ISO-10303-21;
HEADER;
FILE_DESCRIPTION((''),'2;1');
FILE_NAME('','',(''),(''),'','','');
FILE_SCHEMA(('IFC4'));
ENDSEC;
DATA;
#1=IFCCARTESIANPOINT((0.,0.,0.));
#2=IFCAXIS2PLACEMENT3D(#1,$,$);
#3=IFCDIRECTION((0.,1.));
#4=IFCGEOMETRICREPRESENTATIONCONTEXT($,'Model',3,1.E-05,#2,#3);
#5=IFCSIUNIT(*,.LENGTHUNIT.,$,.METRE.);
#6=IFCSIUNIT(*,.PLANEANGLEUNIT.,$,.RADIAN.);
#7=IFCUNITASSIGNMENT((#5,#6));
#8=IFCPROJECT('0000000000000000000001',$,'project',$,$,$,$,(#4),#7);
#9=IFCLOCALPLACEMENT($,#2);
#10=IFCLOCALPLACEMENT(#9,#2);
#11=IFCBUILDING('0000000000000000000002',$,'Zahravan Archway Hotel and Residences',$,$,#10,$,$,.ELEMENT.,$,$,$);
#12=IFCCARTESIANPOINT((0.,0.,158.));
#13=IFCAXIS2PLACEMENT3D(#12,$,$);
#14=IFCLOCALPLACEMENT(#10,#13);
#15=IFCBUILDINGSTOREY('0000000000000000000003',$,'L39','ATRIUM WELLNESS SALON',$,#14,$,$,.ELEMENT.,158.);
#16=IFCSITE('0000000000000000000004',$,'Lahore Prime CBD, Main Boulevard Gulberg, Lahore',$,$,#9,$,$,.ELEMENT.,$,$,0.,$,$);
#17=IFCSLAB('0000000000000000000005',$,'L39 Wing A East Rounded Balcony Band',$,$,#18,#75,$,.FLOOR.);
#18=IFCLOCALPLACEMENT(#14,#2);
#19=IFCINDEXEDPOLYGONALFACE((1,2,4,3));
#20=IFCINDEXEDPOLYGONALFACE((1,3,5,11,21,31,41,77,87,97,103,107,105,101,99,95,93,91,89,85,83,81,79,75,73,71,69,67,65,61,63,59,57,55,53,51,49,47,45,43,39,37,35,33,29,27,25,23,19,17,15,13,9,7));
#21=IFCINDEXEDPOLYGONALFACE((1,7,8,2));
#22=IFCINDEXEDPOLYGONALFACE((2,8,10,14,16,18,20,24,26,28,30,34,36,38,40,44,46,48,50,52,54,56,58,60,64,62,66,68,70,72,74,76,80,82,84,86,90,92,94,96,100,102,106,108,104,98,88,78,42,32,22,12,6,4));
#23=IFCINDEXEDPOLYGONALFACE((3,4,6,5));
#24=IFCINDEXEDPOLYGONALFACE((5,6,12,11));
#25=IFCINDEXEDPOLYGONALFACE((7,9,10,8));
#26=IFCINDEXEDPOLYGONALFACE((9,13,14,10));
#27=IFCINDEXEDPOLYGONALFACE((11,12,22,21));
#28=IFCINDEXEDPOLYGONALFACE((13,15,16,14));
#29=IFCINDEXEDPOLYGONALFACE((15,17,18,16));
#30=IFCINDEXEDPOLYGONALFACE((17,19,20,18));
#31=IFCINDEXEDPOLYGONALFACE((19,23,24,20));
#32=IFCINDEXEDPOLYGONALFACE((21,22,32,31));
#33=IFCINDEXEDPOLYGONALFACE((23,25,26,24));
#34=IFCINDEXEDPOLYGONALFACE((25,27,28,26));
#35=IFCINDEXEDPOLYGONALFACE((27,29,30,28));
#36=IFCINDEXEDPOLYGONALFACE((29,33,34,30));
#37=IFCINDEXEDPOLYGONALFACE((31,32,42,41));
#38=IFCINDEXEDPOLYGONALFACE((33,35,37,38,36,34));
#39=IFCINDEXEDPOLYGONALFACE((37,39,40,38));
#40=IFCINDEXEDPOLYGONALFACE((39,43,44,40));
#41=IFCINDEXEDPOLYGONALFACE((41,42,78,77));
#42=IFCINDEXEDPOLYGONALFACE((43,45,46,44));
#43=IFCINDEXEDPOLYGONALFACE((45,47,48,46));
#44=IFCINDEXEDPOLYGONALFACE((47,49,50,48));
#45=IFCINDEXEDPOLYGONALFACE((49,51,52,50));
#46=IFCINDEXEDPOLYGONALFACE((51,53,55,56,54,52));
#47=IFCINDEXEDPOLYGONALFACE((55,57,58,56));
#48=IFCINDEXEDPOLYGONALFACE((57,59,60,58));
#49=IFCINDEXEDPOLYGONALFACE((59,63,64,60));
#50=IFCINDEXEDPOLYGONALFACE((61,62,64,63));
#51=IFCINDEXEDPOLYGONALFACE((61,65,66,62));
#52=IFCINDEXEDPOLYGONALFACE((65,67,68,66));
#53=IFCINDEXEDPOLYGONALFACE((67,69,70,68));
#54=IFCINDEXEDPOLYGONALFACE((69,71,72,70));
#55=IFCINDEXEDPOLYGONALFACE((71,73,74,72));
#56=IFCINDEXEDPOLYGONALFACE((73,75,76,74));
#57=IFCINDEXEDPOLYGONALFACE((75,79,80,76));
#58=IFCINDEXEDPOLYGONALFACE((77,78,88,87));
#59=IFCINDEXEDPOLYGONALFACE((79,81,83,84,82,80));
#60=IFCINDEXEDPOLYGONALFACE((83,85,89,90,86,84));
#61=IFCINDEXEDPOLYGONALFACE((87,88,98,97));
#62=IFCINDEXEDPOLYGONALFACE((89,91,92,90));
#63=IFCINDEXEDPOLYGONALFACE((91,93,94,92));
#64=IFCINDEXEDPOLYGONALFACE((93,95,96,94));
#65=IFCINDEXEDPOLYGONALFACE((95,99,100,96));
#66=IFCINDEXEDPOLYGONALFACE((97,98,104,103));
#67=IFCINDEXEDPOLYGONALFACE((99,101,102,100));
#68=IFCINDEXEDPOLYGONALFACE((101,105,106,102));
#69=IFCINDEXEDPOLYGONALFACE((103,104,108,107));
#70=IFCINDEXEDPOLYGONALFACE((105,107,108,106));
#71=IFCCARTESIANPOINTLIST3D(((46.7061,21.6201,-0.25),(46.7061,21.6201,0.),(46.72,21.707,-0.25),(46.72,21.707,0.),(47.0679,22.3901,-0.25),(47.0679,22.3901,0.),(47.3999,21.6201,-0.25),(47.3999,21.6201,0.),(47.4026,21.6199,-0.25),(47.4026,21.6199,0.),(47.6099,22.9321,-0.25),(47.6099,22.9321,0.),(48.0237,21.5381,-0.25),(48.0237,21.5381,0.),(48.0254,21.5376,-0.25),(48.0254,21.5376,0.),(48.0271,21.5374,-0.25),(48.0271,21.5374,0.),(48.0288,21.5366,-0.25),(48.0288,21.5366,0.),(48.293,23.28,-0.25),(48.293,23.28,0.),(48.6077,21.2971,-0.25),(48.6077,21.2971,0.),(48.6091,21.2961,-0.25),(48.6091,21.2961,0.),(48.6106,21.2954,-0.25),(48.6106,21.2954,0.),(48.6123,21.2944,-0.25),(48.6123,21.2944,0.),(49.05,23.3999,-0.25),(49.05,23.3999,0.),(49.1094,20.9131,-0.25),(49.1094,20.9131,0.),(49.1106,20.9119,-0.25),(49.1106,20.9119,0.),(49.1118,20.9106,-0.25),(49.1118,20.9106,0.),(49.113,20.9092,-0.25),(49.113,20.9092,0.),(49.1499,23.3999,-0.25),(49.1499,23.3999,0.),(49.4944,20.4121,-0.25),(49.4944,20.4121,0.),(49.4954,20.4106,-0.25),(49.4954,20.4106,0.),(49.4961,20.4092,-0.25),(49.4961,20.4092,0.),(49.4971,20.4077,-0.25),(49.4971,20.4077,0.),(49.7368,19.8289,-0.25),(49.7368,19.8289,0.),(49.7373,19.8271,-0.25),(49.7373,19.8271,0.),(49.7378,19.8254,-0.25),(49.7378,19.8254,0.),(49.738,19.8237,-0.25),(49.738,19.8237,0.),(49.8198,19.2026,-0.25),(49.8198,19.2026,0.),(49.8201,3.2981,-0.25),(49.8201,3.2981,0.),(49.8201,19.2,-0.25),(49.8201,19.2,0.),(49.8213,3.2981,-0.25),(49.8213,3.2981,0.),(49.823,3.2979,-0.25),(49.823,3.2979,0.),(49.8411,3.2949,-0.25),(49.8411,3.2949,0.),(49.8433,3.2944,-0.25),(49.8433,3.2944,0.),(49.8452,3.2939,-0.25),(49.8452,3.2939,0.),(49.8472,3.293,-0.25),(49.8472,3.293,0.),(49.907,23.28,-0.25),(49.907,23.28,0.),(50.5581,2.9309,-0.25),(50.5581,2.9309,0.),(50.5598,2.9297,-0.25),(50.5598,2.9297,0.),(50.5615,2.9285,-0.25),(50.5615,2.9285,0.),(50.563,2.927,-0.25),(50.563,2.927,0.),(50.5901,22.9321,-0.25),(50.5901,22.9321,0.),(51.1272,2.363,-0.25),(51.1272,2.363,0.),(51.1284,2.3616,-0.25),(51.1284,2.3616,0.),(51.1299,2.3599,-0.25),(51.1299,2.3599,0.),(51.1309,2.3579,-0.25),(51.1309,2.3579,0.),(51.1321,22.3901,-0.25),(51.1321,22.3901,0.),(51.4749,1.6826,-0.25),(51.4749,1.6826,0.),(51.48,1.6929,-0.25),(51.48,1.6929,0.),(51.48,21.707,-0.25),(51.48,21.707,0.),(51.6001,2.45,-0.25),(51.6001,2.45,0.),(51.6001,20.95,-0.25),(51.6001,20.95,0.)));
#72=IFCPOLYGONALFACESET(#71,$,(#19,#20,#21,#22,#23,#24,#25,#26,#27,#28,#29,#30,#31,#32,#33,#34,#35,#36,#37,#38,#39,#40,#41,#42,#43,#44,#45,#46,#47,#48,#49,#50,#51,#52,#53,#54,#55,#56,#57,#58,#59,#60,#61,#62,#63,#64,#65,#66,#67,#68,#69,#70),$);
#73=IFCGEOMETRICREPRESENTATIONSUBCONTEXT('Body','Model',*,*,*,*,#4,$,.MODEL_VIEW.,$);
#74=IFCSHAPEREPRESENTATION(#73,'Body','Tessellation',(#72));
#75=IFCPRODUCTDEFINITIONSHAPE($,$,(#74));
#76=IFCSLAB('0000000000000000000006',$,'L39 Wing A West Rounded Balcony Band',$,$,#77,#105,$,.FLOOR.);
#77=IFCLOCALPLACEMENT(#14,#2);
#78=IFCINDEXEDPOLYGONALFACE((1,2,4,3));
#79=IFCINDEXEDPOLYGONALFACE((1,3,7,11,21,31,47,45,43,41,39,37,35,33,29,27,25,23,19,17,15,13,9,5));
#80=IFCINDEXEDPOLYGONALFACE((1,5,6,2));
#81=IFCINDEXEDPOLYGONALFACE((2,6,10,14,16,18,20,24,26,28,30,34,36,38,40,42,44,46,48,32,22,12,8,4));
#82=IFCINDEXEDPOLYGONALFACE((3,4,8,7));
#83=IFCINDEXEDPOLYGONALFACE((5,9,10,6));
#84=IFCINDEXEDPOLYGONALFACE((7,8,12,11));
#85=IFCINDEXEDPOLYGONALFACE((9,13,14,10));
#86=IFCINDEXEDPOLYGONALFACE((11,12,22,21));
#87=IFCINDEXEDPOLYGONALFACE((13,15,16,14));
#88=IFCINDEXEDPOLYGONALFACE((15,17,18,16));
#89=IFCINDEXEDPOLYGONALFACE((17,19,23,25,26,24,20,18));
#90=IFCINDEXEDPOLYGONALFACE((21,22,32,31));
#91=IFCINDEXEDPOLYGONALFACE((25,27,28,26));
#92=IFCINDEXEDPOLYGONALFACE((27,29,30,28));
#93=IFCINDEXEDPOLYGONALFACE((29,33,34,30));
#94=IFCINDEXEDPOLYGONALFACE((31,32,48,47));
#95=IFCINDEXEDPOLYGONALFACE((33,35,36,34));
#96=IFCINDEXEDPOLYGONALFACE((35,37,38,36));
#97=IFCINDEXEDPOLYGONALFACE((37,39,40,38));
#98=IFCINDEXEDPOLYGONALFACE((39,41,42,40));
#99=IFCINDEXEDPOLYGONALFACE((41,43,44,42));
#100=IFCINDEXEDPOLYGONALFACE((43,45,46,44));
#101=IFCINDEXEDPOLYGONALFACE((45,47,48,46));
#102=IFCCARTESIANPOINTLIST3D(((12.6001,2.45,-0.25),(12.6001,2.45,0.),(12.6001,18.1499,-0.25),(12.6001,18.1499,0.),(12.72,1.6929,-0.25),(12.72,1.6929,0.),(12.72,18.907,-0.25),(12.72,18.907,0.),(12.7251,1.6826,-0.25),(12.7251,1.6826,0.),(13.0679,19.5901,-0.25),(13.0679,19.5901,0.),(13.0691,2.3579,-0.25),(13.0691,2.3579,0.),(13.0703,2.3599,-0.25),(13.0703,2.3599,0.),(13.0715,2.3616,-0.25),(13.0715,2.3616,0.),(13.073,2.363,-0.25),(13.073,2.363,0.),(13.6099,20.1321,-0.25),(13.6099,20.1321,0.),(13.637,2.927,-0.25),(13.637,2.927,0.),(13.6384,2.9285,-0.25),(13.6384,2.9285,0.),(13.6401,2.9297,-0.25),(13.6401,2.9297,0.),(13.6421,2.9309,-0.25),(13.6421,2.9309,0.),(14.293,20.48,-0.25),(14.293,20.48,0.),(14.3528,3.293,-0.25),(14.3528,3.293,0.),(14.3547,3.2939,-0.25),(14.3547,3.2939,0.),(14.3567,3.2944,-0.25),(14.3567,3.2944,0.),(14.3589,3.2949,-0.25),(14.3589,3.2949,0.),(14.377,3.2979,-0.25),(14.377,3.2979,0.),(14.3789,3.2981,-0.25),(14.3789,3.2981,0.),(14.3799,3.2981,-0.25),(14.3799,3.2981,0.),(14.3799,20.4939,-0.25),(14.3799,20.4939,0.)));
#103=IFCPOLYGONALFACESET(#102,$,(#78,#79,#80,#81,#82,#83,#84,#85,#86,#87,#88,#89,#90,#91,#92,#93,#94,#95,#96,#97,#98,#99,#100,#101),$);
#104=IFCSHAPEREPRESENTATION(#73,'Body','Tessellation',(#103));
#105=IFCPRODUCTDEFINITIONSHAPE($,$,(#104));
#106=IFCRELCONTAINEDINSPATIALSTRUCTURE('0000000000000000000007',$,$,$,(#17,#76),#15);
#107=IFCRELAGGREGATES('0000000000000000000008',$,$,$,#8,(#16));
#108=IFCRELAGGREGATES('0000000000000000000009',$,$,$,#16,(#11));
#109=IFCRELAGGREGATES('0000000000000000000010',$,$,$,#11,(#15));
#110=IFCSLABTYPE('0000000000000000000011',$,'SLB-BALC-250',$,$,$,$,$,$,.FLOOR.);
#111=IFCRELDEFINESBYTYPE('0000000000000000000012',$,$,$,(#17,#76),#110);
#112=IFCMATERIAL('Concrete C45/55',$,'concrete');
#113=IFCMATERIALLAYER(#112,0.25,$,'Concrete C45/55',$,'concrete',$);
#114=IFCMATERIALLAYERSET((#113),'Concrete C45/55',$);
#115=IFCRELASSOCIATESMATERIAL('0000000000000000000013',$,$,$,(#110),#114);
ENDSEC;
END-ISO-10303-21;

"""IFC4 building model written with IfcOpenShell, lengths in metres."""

from ifc_helpers import new_model, si_unit, direction, frame, origin, place, context, subcontext, project, spatial, polyline, outline, extrude, material, layer, layer_set, type_object, element, save


model = new_model("IFC4")

# Units and contexts
model_context = context("Model", 3, precision=1e-05, world=origin(), true_north=direction((0.0, 1.0)))
body_context = subcontext(model_context, "Body", "Model", "MODEL_VIEW")
ifc_project = project(units=[si_unit("LENGTHUNIT", "METRE"), si_unit("PLANEANGLEUNIT", "RADIAN")], contexts=[model_context])

# Site, building, storey
site_placement = place(None, origin())
site = spatial("IfcSite", under=ifc_project, at=site_placement, Name="Lahore Prime CBD, Main Boulevard Gulberg, Lahore", CompositionType="ELEMENT", RefElevation=0.0)
building_placement = place(site_placement, origin())
building = spatial("IfcBuilding", under=site, at=building_placement, Name="Zahravan Archway Hotel and Residences", CompositionType="ELEMENT")
storey_placement = place(building_placement, frame((0.0, 0.0, 158.0)))
storey = spatial("IfcBuildingStorey", under=building, at=storey_placement, Name="L39", Description="ATRIUM WELLNESS SALON", CompositionType="ELEMENT", Elevation=158.0)

# Slabs
ifc_material_1 = material(Name="Concrete C45/55", Category="concrete")
ifc_layer_1 = layer(ifc_material_1, 0.25, Name="Concrete C45/55", Category="concrete")
ifc_layer_set_1 = layer_set([ifc_layer_1], Name="Concrete C45/55")
slab_type_1 = type_object("IfcSlabType", Name="SLB-BALC-250", PredefinedType="FLOOR", material=ifc_layer_set_1)
slab_1_placement = place(storey_placement, frame((0.0, 0.0, -0.25)))
element("IfcSlab", 1, at=slab_1_placement, inside=storey, type_object=slab_type_1, Name="L39 Wing A East Rounded Balcony Band", PredefinedType="FLOOR", context=body_context, shape_type="SweptSolid", body=[
    extrude(outline(polyline([(46.72, 21.707), (47.0679, 22.3901), (47.6099, 22.9321), (48.293, 23.28), (49.05, 23.3999), (49.1499, 23.3999), (49.907, 23.28), (50.5901, 22.9321), (51.1321, 22.3901), (51.48, 21.707), (51.6001, 20.95), (51.6001, 2.45), (51.48, 1.6929), (51.4749, 1.6826), (51.1309, 2.3579), (51.1299, 2.3599), (51.1284, 2.3616), (51.1272, 2.363), (50.563, 2.927), (50.5615, 2.9285), (50.5598, 2.9297), (50.5581, 2.9309), (49.8472, 3.293), (49.8452, 3.2939), (49.8433, 3.2944), (49.8411, 3.2949), (49.823, 3.2979), (49.8213, 3.2981), (49.8201, 3.2981), (49.8201, 19.2), (49.8198, 19.2026), (49.738, 19.8237), (49.7378, 19.8254), (49.7373, 19.8271), (49.7368, 19.8289), (49.4971, 20.4077), (49.4961, 20.4092), (49.4954, 20.4106), (49.4944, 20.4121), (49.113, 20.9092), (49.1118, 20.9106), (49.1106, 20.9119), (49.1094, 20.9131), (48.6123, 21.2944), (48.6106, 21.2954), (48.6091, 21.2961), (48.6077, 21.2971), (48.0288, 21.5366), (48.0271, 21.5374), (48.0254, 21.5376), (48.0237, 21.5381), (47.4026, 21.6199), (47.3999, 21.6201), (46.7061, 21.6201), (46.72, 21.707)])), origin(), (0.0, 0.0, 1.0), 0.25),
])
slab_2_placement = place(storey_placement, frame((0.0, 0.0, -0.25)))
element("IfcSlab", 2, at=slab_2_placement, inside=storey, type_object=slab_type_1, Name="L39 Wing A West Rounded Balcony Band", PredefinedType="FLOOR", context=body_context, shape_type="SweptSolid", body=[
    extrude(outline(polyline([(12.72, 1.6929), (12.6001, 2.45), (12.6001, 18.1499), (12.72, 18.907), (13.0679, 19.5901), (13.6099, 20.1321), (14.293, 20.48), (14.3799, 20.4939), (14.3799, 3.2981), (14.3789, 3.2981), (14.377, 3.2979), (14.3589, 3.2949), (14.3567, 3.2944), (14.3547, 3.2939), (14.3528, 3.293), (13.6421, 2.9309), (13.6401, 2.9297), (13.6384, 2.9285), (13.637, 2.927), (13.073, 2.363), (13.0715, 2.3616), (13.0703, 2.3599), (13.0691, 2.3579), (12.7251, 1.6826), (12.72, 1.6929)])), origin(), (0.0, 0.0, 1.0), 0.25),
])

save(model, "model.ifc")
